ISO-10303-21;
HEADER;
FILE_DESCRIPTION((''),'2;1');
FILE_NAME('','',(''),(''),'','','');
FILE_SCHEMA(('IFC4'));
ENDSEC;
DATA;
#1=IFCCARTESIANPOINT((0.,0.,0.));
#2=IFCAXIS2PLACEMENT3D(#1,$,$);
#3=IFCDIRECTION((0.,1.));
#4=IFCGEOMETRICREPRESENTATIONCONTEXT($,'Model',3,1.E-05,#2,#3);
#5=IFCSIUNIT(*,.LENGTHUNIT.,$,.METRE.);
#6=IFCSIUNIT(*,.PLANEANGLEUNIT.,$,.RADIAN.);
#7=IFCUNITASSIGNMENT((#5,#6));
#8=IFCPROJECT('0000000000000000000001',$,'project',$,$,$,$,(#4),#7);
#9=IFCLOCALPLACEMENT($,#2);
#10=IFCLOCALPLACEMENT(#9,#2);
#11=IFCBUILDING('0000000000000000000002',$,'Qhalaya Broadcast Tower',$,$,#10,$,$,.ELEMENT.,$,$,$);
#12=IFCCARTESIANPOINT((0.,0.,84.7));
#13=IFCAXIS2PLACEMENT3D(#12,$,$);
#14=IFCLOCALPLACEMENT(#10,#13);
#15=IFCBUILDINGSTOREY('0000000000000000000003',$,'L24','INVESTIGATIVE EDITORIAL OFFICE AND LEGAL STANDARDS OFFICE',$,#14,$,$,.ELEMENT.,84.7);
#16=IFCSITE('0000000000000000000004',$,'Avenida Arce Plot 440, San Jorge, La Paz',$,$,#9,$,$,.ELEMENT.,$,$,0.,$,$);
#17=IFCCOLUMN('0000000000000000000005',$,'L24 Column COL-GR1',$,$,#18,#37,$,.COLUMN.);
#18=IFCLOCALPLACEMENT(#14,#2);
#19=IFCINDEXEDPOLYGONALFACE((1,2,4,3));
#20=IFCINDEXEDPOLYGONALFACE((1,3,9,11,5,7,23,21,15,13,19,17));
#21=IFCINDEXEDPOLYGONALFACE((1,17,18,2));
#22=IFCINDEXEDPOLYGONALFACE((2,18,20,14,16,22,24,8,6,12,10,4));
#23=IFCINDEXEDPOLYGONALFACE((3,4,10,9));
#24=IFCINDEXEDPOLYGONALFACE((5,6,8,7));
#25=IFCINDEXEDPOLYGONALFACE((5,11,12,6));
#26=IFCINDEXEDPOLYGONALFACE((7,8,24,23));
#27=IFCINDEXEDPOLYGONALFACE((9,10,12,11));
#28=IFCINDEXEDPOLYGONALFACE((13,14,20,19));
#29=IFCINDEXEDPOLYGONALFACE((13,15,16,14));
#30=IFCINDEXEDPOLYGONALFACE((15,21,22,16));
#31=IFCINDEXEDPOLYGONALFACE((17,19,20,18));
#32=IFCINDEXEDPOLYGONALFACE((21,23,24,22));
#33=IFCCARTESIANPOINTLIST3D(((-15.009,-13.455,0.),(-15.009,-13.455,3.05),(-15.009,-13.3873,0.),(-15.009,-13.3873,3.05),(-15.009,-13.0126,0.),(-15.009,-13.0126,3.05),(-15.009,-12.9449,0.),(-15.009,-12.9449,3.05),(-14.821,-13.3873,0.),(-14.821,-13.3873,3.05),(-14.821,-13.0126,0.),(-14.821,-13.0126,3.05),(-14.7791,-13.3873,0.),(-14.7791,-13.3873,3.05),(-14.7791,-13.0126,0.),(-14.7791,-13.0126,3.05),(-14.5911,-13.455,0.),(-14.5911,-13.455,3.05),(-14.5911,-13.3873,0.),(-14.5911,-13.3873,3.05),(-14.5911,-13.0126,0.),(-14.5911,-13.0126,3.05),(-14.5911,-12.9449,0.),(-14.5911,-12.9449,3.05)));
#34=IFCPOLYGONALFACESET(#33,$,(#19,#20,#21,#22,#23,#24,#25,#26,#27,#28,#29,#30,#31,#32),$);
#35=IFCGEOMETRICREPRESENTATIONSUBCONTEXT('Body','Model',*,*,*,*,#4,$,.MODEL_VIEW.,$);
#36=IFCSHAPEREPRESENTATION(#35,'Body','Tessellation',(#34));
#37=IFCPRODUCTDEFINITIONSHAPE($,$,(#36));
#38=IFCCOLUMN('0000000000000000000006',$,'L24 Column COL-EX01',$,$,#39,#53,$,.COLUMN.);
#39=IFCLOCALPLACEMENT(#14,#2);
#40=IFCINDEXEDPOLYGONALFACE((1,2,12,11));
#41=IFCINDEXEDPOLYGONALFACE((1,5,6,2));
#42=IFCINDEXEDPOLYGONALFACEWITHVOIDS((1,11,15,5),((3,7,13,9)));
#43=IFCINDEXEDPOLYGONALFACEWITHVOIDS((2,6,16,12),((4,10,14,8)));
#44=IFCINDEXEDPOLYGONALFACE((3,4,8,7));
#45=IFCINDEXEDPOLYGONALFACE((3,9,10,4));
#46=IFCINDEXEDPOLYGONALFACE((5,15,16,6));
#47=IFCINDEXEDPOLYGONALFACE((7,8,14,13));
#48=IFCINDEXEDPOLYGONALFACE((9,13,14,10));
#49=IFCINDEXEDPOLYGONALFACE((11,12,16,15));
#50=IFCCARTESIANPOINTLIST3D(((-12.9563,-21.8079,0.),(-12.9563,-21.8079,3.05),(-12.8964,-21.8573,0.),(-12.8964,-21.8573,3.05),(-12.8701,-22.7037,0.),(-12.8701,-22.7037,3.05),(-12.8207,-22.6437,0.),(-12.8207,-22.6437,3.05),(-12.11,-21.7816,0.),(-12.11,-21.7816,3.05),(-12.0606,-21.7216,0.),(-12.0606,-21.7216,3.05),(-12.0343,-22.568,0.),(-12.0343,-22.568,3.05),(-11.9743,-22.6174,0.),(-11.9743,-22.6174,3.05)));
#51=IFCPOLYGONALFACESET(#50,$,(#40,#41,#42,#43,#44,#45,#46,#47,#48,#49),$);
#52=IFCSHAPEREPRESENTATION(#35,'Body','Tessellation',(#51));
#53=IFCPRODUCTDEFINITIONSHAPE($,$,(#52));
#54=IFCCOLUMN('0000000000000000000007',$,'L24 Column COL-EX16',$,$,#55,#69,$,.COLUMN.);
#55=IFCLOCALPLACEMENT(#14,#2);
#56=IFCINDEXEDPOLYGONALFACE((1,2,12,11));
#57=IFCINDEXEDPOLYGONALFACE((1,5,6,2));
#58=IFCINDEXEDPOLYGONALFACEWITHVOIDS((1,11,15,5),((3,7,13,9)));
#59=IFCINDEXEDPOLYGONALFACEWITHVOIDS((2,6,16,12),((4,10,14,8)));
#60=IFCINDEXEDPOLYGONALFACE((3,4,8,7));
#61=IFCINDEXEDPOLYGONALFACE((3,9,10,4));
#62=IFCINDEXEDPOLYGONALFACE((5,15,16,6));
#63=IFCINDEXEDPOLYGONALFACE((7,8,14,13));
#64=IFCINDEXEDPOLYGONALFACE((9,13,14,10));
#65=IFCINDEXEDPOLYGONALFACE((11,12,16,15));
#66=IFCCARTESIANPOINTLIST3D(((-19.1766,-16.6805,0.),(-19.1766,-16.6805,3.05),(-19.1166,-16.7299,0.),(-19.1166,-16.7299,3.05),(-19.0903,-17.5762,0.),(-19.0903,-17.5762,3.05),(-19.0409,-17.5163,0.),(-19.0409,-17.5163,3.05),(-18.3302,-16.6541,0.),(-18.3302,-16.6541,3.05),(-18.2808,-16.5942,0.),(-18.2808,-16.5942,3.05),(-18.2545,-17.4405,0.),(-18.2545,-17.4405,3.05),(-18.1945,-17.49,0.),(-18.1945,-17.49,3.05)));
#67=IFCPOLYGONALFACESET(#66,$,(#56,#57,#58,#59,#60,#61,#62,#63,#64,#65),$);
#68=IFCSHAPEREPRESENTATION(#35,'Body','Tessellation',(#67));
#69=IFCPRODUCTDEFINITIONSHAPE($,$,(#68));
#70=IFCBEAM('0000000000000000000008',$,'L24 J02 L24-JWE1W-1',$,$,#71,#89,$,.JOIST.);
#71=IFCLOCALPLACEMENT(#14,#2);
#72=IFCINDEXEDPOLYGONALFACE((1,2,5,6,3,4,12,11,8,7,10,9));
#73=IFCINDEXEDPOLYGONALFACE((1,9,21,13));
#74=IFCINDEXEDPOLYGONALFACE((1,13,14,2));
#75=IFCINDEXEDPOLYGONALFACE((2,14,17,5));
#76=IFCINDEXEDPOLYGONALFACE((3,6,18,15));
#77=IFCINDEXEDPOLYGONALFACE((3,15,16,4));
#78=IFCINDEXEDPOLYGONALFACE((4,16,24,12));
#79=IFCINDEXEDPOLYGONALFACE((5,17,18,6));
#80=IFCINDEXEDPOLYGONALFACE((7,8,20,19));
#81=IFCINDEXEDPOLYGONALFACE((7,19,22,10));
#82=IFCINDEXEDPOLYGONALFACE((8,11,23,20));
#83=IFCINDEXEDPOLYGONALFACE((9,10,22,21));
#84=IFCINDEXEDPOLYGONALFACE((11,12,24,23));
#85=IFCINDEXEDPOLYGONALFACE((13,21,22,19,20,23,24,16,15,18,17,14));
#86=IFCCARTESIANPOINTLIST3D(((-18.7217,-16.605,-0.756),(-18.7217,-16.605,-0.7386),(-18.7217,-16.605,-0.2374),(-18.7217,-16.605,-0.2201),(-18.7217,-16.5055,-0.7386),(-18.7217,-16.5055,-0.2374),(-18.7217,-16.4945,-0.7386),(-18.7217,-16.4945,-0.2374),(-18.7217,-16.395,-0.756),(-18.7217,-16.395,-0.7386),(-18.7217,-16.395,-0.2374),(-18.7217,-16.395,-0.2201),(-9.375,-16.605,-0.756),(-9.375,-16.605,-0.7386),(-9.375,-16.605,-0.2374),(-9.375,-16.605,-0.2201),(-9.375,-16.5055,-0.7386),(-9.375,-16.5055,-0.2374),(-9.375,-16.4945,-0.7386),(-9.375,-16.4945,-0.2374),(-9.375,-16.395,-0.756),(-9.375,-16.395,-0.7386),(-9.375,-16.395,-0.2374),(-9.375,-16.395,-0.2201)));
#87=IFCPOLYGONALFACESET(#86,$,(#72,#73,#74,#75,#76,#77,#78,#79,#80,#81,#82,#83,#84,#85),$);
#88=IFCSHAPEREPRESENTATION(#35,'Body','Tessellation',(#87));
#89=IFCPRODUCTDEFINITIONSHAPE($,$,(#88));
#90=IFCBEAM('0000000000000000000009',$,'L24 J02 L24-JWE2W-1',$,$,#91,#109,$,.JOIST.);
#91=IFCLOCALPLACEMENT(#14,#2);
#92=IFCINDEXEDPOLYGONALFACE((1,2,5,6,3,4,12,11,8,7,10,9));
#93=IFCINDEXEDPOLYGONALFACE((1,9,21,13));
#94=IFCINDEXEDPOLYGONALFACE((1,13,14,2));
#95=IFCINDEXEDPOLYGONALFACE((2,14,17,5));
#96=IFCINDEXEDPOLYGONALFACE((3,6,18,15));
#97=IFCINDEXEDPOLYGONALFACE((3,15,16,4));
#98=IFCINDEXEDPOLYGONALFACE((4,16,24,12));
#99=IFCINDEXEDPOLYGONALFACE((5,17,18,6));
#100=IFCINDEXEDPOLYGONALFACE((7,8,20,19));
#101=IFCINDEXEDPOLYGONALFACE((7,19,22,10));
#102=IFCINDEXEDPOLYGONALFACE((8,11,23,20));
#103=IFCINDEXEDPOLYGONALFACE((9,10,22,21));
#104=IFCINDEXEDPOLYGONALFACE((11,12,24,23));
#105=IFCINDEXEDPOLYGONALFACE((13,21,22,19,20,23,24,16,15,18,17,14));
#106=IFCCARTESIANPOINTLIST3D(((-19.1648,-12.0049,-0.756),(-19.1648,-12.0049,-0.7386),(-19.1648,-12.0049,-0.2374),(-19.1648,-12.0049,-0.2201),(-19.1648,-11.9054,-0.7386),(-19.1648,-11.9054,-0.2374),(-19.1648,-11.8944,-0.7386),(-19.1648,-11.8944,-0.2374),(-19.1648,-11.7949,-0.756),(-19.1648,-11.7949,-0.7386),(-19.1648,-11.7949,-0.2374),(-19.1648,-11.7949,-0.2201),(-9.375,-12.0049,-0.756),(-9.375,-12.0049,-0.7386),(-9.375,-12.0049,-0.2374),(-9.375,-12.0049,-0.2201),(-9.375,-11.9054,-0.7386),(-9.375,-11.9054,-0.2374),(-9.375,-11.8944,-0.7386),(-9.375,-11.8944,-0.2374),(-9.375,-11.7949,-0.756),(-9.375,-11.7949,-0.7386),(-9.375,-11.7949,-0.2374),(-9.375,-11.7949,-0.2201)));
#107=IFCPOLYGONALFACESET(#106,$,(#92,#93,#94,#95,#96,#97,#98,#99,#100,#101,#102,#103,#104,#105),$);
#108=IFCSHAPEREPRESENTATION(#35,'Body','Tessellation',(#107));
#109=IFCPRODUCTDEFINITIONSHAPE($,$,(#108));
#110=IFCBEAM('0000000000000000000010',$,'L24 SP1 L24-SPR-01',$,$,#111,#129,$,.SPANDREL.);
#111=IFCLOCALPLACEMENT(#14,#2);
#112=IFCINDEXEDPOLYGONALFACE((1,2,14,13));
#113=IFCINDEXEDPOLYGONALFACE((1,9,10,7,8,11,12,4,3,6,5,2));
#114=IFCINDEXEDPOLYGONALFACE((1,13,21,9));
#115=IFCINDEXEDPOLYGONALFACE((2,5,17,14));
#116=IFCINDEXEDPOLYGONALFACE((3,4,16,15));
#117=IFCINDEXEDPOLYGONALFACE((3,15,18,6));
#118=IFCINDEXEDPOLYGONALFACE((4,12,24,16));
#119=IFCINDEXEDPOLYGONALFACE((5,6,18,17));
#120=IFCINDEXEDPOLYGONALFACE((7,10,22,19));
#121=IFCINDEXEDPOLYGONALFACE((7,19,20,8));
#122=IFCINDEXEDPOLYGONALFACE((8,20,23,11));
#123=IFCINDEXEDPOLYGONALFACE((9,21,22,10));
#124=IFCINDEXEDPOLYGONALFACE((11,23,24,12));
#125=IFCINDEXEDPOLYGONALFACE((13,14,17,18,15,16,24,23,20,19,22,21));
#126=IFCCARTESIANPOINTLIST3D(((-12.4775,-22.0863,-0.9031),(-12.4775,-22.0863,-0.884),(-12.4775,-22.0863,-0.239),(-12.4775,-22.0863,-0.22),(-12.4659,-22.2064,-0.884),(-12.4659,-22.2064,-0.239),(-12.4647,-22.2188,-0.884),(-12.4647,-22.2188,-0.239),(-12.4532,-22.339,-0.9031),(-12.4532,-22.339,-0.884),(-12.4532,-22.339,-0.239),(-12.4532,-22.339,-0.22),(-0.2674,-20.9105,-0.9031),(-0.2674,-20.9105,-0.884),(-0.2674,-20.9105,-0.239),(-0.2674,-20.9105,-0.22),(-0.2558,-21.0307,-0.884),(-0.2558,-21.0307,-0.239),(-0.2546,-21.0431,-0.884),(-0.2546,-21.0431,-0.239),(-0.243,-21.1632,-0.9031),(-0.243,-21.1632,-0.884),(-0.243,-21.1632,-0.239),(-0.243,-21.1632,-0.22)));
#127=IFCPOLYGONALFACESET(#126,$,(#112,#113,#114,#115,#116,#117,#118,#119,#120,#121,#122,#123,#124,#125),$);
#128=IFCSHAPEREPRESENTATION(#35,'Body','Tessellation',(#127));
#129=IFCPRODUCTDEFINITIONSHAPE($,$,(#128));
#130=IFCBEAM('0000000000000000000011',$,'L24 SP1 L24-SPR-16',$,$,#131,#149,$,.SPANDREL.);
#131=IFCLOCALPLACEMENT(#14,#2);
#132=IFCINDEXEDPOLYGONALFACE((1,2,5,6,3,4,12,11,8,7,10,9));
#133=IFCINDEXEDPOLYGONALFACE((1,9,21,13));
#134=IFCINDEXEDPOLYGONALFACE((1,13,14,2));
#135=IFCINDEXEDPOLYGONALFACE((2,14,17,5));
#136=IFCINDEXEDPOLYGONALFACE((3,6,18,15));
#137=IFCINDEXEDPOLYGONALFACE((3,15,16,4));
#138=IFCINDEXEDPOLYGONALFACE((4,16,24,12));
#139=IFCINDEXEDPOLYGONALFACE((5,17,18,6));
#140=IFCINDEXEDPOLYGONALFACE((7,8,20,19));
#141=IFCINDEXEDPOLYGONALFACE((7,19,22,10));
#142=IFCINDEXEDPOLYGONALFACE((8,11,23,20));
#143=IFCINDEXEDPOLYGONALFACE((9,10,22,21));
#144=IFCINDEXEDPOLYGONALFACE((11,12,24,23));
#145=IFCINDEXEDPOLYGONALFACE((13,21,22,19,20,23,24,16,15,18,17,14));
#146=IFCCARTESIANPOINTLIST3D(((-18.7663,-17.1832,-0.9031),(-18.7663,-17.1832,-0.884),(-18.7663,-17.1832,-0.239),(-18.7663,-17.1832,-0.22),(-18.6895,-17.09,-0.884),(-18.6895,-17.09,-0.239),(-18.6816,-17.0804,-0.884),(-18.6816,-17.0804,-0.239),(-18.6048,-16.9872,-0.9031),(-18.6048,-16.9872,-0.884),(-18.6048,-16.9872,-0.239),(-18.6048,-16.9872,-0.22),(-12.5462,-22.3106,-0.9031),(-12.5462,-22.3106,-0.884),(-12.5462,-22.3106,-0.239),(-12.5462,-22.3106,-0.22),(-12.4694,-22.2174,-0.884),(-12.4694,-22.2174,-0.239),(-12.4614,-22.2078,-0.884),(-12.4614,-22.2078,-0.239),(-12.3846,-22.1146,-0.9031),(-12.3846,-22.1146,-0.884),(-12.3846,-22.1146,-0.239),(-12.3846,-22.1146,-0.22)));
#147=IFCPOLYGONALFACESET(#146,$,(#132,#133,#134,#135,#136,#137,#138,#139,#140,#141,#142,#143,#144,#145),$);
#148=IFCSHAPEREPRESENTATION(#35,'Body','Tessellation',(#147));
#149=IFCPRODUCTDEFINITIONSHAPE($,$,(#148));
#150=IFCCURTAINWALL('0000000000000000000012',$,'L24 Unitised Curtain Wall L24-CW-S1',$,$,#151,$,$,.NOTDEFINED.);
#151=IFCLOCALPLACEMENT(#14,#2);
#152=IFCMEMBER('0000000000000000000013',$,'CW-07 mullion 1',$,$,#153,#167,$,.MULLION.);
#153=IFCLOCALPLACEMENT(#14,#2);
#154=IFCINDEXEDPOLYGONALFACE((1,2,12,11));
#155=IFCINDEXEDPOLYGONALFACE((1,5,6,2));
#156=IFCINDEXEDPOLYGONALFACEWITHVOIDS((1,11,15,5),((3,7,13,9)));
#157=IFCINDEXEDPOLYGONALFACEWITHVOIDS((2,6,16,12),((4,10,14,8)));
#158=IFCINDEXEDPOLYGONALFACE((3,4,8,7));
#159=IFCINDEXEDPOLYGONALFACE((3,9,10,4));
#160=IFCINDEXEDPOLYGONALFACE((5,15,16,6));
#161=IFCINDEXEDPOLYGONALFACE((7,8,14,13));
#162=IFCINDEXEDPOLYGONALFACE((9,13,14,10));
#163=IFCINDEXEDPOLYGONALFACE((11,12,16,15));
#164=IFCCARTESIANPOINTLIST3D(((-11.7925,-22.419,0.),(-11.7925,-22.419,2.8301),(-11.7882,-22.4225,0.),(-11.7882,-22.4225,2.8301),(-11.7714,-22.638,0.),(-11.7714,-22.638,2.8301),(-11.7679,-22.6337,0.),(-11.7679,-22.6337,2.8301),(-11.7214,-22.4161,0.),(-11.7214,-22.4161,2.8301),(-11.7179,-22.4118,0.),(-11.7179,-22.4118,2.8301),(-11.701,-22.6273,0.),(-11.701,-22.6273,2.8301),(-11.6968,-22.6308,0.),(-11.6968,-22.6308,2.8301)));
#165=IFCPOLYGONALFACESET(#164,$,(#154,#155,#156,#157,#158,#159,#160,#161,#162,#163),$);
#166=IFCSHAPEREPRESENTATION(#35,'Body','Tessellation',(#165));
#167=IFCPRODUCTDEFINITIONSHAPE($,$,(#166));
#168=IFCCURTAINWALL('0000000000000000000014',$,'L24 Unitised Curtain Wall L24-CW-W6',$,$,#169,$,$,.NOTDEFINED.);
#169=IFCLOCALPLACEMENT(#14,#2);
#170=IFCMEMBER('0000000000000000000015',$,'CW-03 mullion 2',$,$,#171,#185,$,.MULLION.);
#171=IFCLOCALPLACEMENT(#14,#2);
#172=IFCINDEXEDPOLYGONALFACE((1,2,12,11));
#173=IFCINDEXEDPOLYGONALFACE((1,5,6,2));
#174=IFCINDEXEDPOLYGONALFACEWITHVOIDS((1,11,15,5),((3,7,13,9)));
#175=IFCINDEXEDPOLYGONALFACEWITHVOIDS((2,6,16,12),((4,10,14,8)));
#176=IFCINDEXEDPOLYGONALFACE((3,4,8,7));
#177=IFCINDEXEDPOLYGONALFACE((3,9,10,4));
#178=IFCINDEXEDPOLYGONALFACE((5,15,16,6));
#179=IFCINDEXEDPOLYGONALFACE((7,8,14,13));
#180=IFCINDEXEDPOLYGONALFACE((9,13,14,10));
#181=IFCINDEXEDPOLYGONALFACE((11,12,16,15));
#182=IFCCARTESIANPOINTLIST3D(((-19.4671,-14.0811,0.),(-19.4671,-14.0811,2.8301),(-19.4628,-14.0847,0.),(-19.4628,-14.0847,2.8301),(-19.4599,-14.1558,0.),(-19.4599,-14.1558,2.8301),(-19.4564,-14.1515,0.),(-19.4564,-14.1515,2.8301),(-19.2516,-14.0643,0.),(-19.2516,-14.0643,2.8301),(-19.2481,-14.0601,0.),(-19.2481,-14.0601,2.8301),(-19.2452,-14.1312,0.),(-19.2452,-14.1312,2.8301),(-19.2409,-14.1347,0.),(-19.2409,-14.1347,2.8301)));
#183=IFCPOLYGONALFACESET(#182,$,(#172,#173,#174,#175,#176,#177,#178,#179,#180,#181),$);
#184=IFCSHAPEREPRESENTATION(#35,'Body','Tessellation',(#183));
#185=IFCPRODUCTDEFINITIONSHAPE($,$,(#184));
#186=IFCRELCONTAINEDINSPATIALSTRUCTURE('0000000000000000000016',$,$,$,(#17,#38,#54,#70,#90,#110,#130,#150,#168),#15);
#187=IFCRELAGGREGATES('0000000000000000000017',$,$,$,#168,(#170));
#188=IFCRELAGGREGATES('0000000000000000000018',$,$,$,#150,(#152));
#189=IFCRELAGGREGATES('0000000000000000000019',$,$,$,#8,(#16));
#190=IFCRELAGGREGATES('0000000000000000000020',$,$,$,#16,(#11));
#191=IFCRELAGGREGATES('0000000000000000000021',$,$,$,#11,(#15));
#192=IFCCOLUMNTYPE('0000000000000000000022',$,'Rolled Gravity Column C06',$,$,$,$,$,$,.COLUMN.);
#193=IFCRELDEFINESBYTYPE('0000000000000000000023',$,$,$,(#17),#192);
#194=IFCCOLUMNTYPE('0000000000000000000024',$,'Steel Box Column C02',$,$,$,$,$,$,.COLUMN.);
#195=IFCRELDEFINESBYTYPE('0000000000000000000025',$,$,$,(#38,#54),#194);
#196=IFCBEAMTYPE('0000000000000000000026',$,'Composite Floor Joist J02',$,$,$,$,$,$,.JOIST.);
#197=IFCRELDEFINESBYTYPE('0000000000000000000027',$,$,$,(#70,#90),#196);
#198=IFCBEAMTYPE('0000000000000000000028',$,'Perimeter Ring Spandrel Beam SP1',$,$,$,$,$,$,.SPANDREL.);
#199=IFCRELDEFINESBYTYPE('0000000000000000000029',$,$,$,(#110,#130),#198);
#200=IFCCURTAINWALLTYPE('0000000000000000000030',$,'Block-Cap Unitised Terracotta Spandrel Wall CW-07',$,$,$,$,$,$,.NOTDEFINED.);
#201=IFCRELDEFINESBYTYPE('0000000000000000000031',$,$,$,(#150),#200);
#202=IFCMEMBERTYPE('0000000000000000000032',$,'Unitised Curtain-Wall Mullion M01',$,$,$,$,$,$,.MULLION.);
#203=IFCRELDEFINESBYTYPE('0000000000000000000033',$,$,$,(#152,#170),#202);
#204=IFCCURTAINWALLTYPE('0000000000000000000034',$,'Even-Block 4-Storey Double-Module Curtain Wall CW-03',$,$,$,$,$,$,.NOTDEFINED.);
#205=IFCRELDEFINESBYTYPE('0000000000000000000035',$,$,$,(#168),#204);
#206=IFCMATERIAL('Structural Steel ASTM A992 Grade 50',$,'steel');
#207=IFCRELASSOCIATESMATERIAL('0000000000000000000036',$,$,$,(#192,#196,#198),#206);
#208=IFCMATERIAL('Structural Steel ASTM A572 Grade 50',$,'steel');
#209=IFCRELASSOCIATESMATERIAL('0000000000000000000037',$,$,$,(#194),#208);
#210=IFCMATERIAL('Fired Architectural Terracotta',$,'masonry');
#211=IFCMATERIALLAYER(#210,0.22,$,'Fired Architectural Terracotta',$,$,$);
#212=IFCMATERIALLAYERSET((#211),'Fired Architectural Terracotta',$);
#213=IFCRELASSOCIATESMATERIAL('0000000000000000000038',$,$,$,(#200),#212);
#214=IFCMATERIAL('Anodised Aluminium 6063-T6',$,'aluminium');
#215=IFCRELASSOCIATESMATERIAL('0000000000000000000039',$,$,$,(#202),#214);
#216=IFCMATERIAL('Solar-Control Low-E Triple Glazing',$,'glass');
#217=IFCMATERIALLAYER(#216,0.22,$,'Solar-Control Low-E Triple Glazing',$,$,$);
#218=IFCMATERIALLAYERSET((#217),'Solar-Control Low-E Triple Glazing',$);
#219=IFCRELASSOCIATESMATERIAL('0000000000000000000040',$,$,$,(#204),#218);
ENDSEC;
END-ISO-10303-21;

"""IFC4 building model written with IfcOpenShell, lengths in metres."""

from ifc_helpers import new_model, si_unit, direction, frame, origin, origin_2d, place, context, subcontext, project, spatial, hollow_rectangle, i_section, extrude, material, layer, layer_set, material_profile, profile_set, type_object, element, aggregate, save


model = new_model("IFC4")

# Units and contexts
model_context = context("Model", 3, precision=1e-05, world=origin(), true_north=direction((0.0, 1.0)))
body_context = subcontext(model_context, "Body", "Model", "MODEL_VIEW")
ifc_project = project(units=[si_unit("LENGTHUNIT", "METRE"), si_unit("PLANEANGLEUNIT", "RADIAN")], contexts=[model_context])

# Site, building, storey
site_placement = place(None, origin())
site = spatial("IfcSite", under=ifc_project, at=site_placement, Name="Avenida Arce Plot 440, San Jorge, La Paz", CompositionType="ELEMENT", RefElevation=0.0)
building_placement = place(site_placement, origin())
building = spatial("IfcBuilding", under=site, at=building_placement, Name="Qhalaya Broadcast Tower", CompositionType="ELEMENT")
storey_placement = place(building_placement, frame((0.0, 0.0, 84.7)))
storey = spatial("IfcBuildingStorey", under=building, at=storey_placement, Name="L24", Description="INVESTIGATIVE EDITORIAL OFFICE AND LEGAL STANDARDS OFFICE", CompositionType="ELEMENT", Elevation=84.7)

# Columns
ifc_material_1 = material(Name="Structural Steel ASTM A992 Grade 50", Category="steel")
ifc_material_profile_1 = material_profile(ifc_material_1, i_section(OverallWidth=0.418, OverallDepth=0.51, WebThickness=0.042, FlangeThickness=0.0676, at=origin_2d()), Name="W14X370")
ifc_profile_set_1 = profile_set([ifc_material_profile_1], Name="Structural Steel ASTM A992 Grade 50")
column_type_1 = type_object("IfcColumnType", Name="Rolled Gravity Column C06", PredefinedType="COLUMN", material=ifc_profile_set_1)
column_placement = place(storey_placement, frame((-14.8, -13.2, 0.0), z_axis=(0.0, 0.0, 1.0), x_axis=(1.0, 0.0, 0.0)))
element("IfcColumn", 1, at=column_placement, inside=storey, type_object=column_type_1, Name="L24 Column COL-GR1", PredefinedType="COLUMN", context=body_context, shape_type="SweptSolid", body=[
    extrude(i_section(OverallWidth=0.418, OverallDepth=0.51, WebThickness=0.042, FlangeThickness=0.0676, at=origin_2d()), origin(), (0.0, 0.0, 1.0), 3.05),
])
ifc_material_2 = material(Name="Structural Steel ASTM A572 Grade 50", Category="steel")
ifc_material_profile_2 = material_profile(ifc_material_2, hollow_rectangle(XDim=0.8999, YDim=0.8999, WallThickness=0.0549, at=origin_2d()), Name="BOX 900x900x55")
ifc_profile_set_2 = profile_set([ifc_material_profile_2], Name="Structural Steel ASTM A572 Grade 50")
column_type_2 = type_object("IfcColumnType", Name="Steel Box Column C02", PredefinedType="COLUMN", material=ifc_profile_set_2)
for number, where, z_axis, x_axis, name in (
    (2, (-12.4653, -22.2126, 0.0), (0.0, 0.0, 1.0), (0.995396, 0.095846, 0.0), "L24 Column COL-EX01"),
    (3, (-18.6855, -17.0852, 0.0), (0.0, 0.0, 1.0), (-0.095846, 0.995396, 0.0), "L24 Column COL-EX16"),
):
    element("IfcColumn", number, at=place(storey_placement, frame(where, z_axis=z_axis, x_axis=x_axis)), inside=storey, type_object=column_type_2, Name=name, PredefinedType="COLUMN", context=body_context, shape_type="SweptSolid", body=[
        extrude(hollow_rectangle(XDim=0.8999, YDim=0.8999, WallThickness=0.0549, at=origin_2d()), origin(), (0.0, 0.0, 1.0), 3.05),
    ])

# Beams
ifc_material_profile_3 = material_profile(ifc_material_1, i_section(OverallWidth=0.21, OverallDepth=0.5359, WebThickness=0.011, FlangeThickness=0.0173, at=origin_2d()), Name="W21X68")
ifc_profile_set_3 = profile_set([ifc_material_profile_3], Name="Structural Steel ASTM A992 Grade 50")
beam_type_1 = type_object("IfcBeamType", Name="Composite Floor Joist J02", PredefinedType="JOIST", material=ifc_profile_set_3)
beam_1_placement = place(storey_placement, frame((-18.7217, -16.5, -0.488), z_axis=(1.0, 0.0, 0.0), x_axis=(0.0, 1.0, 0.0)))
element("IfcBeam", 4, at=beam_1_placement, inside=storey, type_object=beam_type_1, Name="L24 J02 L24-JWE1W-1", PredefinedType="JOIST", context=body_context, shape_type="SweptSolid", body=[
    extrude(i_section(OverallWidth=0.21, OverallDepth=0.5359, WebThickness=0.011, FlangeThickness=0.0173, at=origin_2d()), origin(), (0.0, 0.0, 1.0), 9.3467),
])
beam_2_placement = place(storey_placement, frame((-19.1648, -11.8999, -0.488), z_axis=(1.0, 0.0, 0.0), x_axis=(0.0, 1.0, 0.0)))
element("IfcBeam", 5, at=beam_2_placement, inside=storey, type_object=beam_type_1, Name="L24 J02 L24-JWE2W-1", PredefinedType="JOIST", context=body_context, shape_type="SweptSolid", body=[
    extrude(i_section(OverallWidth=0.21, OverallDepth=0.5359, WebThickness=0.011, FlangeThickness=0.0173, at=origin_2d()), origin(), (0.0, 0.0, 1.0), 9.7898),
])
ifc_material_profile_4 = material_profile(ifc_material_1, i_section(OverallWidth=0.2539, OverallDepth=0.6831, WebThickness=0.0125, FlangeThickness=0.019, at=origin_2d()), Name="W27X94")
ifc_profile_set_4 = profile_set([ifc_material_profile_4], Name="Structural Steel ASTM A992 Grade 50")
beam_type_2 = type_object("IfcBeamType", Name="Perimeter Ring Spandrel Beam SP1", PredefinedType="SPANDREL", material=ifc_profile_set_4)
beam_3_placement = place(storey_placement, frame((-12.4653, -22.2126, -0.5615), z_axis=(0.995396, 0.095852, 0.0), x_axis=(-0.095852, 0.995396, 0.0)))
element("IfcBeam", 6, at=beam_3_placement, inside=storey, type_object=beam_type_2, Name="L24 SP1 L24-SPR-01", PredefinedType="SPANDREL", context=body_context, shape_type="SweptSolid", body=[
    extrude(i_section(OverallWidth=0.2539, OverallDepth=0.6831, WebThickness=0.0125, FlangeThickness=0.019, at=origin_2d()), origin(), (0.0, 0.0, 1.0), 12.2666),
])
beam_4_placement = place(storey_placement, frame((-18.6855, -17.0852, -0.5615), z_axis=(0.771631, -0.63607, 0.0), x_axis=(0.63607, 0.771631, 0.0)))
element("IfcBeam", 7, at=beam_4_placement, inside=storey, type_object=beam_type_2, Name="L24 SP1 L24-SPR-16", PredefinedType="SPANDREL", context=body_context, shape_type="SweptSolid", body=[
    extrude(i_section(OverallWidth=0.2539, OverallDepth=0.6831, WebThickness=0.0125, FlangeThickness=0.019, at=origin_2d()), origin(), (0.0, 0.0, 1.0), 8.061),
])

# Curtain walls, members
ifc_material_3 = material(Name="Fired Architectural Terracotta", Category="masonry")
ifc_layer_1 = layer(ifc_material_3, 0.22, Name="Fired Architectural Terracotta")
ifc_layer_set_1 = layer_set([ifc_layer_1], Name="Fired Architectural Terracotta")
curtain_wall_type_1 = type_object("IfcCurtainWallType", Name="Block-Cap Unitised Terracotta Spandrel Wall CW-07", PredefinedType="NOTDEFINED", material=ifc_layer_set_1)
curtain_wall_1_placement = place(storey_placement, origin())
curtain_wall_1 = element("IfcCurtainWall", 8, at=curtain_wall_1_placement, inside=storey, type_object=curtain_wall_type_1, Name="L24 Unitised Curtain Wall L24-CW-S1", PredefinedType="NOTDEFINED")
ifc_material_4 = material(Name="Anodised Aluminium 6063-T6", Category="aluminium")
ifc_material_profile_5 = material_profile(ifc_material_4, hollow_rectangle(XDim=0.075, YDim=0.22, WallThickness=0.0039, at=origin_2d()), Name="ALU-MUL 75x220x4")
ifc_profile_set_5 = profile_set([ifc_material_profile_5], Name="Anodised Aluminium 6063-T6")
member_type_1 = type_object("IfcMemberType", Name="Unitised Curtain-Wall Mullion M01", PredefinedType="MULLION", material=ifc_profile_set_5)
member_1_placement = place(storey_placement, frame((-11.7446, -22.5249, 0.0), z_axis=(0.0, 0.0, 1.0), x_axis=(0.995396, 0.095846, 0.0)))
member_1 = element("IfcMember", 9, at=member_1_placement, type_object=member_type_1, Name="CW-07 mullion 1", PredefinedType="MULLION", context=body_context, shape_type="SweptSolid", body=[
    extrude(hollow_rectangle(XDim=0.075, YDim=0.22, WallThickness=0.0039, at=origin_2d()), origin(), (0.0, 0.0, 1.0), 2.8301),
])
ifc_material_5 = material(Name="Solar-Control Low-E Triple Glazing", Category="glass")
ifc_layer_2 = layer(ifc_material_5, 0.22, Name="Solar-Control Low-E Triple Glazing")
ifc_layer_set_2 = layer_set([ifc_layer_2], Name="Solar-Control Low-E Triple Glazing")
curtain_wall_type_2 = type_object("IfcCurtainWallType", Name="Even-Block 4-Storey Double-Module Curtain Wall CW-03", PredefinedType="NOTDEFINED", material=ifc_layer_set_2)
curtain_wall_2_placement = place(storey_placement, origin())
curtain_wall_2 = element("IfcCurtainWall", 10, at=curtain_wall_2_placement, inside=storey, type_object=curtain_wall_type_2, Name="L24 Unitised Curtain Wall L24-CW-W6", PredefinedType="NOTDEFINED")
member_2_placement = place(storey_placement, frame((-19.354, -14.1079, 0.0), z_axis=(0.0, 0.0, 1.0), x_axis=(0.095845, -0.995396, 0.0)))
member_2 = element("IfcMember", 11, at=member_2_placement, type_object=member_type_1, Name="CW-03 mullion 2", PredefinedType="MULLION", context=body_context, shape_type="SweptSolid", body=[
    extrude(hollow_rectangle(XDim=0.075, YDim=0.22, WallThickness=0.0039, at=origin_2d()), origin(), (0.0, 0.0, 1.0), 2.8301),
])
aggregate(curtain_wall_2, [member_2])

aggregate(curtain_wall_1, [member_1])

save(model, "model.ifc")
